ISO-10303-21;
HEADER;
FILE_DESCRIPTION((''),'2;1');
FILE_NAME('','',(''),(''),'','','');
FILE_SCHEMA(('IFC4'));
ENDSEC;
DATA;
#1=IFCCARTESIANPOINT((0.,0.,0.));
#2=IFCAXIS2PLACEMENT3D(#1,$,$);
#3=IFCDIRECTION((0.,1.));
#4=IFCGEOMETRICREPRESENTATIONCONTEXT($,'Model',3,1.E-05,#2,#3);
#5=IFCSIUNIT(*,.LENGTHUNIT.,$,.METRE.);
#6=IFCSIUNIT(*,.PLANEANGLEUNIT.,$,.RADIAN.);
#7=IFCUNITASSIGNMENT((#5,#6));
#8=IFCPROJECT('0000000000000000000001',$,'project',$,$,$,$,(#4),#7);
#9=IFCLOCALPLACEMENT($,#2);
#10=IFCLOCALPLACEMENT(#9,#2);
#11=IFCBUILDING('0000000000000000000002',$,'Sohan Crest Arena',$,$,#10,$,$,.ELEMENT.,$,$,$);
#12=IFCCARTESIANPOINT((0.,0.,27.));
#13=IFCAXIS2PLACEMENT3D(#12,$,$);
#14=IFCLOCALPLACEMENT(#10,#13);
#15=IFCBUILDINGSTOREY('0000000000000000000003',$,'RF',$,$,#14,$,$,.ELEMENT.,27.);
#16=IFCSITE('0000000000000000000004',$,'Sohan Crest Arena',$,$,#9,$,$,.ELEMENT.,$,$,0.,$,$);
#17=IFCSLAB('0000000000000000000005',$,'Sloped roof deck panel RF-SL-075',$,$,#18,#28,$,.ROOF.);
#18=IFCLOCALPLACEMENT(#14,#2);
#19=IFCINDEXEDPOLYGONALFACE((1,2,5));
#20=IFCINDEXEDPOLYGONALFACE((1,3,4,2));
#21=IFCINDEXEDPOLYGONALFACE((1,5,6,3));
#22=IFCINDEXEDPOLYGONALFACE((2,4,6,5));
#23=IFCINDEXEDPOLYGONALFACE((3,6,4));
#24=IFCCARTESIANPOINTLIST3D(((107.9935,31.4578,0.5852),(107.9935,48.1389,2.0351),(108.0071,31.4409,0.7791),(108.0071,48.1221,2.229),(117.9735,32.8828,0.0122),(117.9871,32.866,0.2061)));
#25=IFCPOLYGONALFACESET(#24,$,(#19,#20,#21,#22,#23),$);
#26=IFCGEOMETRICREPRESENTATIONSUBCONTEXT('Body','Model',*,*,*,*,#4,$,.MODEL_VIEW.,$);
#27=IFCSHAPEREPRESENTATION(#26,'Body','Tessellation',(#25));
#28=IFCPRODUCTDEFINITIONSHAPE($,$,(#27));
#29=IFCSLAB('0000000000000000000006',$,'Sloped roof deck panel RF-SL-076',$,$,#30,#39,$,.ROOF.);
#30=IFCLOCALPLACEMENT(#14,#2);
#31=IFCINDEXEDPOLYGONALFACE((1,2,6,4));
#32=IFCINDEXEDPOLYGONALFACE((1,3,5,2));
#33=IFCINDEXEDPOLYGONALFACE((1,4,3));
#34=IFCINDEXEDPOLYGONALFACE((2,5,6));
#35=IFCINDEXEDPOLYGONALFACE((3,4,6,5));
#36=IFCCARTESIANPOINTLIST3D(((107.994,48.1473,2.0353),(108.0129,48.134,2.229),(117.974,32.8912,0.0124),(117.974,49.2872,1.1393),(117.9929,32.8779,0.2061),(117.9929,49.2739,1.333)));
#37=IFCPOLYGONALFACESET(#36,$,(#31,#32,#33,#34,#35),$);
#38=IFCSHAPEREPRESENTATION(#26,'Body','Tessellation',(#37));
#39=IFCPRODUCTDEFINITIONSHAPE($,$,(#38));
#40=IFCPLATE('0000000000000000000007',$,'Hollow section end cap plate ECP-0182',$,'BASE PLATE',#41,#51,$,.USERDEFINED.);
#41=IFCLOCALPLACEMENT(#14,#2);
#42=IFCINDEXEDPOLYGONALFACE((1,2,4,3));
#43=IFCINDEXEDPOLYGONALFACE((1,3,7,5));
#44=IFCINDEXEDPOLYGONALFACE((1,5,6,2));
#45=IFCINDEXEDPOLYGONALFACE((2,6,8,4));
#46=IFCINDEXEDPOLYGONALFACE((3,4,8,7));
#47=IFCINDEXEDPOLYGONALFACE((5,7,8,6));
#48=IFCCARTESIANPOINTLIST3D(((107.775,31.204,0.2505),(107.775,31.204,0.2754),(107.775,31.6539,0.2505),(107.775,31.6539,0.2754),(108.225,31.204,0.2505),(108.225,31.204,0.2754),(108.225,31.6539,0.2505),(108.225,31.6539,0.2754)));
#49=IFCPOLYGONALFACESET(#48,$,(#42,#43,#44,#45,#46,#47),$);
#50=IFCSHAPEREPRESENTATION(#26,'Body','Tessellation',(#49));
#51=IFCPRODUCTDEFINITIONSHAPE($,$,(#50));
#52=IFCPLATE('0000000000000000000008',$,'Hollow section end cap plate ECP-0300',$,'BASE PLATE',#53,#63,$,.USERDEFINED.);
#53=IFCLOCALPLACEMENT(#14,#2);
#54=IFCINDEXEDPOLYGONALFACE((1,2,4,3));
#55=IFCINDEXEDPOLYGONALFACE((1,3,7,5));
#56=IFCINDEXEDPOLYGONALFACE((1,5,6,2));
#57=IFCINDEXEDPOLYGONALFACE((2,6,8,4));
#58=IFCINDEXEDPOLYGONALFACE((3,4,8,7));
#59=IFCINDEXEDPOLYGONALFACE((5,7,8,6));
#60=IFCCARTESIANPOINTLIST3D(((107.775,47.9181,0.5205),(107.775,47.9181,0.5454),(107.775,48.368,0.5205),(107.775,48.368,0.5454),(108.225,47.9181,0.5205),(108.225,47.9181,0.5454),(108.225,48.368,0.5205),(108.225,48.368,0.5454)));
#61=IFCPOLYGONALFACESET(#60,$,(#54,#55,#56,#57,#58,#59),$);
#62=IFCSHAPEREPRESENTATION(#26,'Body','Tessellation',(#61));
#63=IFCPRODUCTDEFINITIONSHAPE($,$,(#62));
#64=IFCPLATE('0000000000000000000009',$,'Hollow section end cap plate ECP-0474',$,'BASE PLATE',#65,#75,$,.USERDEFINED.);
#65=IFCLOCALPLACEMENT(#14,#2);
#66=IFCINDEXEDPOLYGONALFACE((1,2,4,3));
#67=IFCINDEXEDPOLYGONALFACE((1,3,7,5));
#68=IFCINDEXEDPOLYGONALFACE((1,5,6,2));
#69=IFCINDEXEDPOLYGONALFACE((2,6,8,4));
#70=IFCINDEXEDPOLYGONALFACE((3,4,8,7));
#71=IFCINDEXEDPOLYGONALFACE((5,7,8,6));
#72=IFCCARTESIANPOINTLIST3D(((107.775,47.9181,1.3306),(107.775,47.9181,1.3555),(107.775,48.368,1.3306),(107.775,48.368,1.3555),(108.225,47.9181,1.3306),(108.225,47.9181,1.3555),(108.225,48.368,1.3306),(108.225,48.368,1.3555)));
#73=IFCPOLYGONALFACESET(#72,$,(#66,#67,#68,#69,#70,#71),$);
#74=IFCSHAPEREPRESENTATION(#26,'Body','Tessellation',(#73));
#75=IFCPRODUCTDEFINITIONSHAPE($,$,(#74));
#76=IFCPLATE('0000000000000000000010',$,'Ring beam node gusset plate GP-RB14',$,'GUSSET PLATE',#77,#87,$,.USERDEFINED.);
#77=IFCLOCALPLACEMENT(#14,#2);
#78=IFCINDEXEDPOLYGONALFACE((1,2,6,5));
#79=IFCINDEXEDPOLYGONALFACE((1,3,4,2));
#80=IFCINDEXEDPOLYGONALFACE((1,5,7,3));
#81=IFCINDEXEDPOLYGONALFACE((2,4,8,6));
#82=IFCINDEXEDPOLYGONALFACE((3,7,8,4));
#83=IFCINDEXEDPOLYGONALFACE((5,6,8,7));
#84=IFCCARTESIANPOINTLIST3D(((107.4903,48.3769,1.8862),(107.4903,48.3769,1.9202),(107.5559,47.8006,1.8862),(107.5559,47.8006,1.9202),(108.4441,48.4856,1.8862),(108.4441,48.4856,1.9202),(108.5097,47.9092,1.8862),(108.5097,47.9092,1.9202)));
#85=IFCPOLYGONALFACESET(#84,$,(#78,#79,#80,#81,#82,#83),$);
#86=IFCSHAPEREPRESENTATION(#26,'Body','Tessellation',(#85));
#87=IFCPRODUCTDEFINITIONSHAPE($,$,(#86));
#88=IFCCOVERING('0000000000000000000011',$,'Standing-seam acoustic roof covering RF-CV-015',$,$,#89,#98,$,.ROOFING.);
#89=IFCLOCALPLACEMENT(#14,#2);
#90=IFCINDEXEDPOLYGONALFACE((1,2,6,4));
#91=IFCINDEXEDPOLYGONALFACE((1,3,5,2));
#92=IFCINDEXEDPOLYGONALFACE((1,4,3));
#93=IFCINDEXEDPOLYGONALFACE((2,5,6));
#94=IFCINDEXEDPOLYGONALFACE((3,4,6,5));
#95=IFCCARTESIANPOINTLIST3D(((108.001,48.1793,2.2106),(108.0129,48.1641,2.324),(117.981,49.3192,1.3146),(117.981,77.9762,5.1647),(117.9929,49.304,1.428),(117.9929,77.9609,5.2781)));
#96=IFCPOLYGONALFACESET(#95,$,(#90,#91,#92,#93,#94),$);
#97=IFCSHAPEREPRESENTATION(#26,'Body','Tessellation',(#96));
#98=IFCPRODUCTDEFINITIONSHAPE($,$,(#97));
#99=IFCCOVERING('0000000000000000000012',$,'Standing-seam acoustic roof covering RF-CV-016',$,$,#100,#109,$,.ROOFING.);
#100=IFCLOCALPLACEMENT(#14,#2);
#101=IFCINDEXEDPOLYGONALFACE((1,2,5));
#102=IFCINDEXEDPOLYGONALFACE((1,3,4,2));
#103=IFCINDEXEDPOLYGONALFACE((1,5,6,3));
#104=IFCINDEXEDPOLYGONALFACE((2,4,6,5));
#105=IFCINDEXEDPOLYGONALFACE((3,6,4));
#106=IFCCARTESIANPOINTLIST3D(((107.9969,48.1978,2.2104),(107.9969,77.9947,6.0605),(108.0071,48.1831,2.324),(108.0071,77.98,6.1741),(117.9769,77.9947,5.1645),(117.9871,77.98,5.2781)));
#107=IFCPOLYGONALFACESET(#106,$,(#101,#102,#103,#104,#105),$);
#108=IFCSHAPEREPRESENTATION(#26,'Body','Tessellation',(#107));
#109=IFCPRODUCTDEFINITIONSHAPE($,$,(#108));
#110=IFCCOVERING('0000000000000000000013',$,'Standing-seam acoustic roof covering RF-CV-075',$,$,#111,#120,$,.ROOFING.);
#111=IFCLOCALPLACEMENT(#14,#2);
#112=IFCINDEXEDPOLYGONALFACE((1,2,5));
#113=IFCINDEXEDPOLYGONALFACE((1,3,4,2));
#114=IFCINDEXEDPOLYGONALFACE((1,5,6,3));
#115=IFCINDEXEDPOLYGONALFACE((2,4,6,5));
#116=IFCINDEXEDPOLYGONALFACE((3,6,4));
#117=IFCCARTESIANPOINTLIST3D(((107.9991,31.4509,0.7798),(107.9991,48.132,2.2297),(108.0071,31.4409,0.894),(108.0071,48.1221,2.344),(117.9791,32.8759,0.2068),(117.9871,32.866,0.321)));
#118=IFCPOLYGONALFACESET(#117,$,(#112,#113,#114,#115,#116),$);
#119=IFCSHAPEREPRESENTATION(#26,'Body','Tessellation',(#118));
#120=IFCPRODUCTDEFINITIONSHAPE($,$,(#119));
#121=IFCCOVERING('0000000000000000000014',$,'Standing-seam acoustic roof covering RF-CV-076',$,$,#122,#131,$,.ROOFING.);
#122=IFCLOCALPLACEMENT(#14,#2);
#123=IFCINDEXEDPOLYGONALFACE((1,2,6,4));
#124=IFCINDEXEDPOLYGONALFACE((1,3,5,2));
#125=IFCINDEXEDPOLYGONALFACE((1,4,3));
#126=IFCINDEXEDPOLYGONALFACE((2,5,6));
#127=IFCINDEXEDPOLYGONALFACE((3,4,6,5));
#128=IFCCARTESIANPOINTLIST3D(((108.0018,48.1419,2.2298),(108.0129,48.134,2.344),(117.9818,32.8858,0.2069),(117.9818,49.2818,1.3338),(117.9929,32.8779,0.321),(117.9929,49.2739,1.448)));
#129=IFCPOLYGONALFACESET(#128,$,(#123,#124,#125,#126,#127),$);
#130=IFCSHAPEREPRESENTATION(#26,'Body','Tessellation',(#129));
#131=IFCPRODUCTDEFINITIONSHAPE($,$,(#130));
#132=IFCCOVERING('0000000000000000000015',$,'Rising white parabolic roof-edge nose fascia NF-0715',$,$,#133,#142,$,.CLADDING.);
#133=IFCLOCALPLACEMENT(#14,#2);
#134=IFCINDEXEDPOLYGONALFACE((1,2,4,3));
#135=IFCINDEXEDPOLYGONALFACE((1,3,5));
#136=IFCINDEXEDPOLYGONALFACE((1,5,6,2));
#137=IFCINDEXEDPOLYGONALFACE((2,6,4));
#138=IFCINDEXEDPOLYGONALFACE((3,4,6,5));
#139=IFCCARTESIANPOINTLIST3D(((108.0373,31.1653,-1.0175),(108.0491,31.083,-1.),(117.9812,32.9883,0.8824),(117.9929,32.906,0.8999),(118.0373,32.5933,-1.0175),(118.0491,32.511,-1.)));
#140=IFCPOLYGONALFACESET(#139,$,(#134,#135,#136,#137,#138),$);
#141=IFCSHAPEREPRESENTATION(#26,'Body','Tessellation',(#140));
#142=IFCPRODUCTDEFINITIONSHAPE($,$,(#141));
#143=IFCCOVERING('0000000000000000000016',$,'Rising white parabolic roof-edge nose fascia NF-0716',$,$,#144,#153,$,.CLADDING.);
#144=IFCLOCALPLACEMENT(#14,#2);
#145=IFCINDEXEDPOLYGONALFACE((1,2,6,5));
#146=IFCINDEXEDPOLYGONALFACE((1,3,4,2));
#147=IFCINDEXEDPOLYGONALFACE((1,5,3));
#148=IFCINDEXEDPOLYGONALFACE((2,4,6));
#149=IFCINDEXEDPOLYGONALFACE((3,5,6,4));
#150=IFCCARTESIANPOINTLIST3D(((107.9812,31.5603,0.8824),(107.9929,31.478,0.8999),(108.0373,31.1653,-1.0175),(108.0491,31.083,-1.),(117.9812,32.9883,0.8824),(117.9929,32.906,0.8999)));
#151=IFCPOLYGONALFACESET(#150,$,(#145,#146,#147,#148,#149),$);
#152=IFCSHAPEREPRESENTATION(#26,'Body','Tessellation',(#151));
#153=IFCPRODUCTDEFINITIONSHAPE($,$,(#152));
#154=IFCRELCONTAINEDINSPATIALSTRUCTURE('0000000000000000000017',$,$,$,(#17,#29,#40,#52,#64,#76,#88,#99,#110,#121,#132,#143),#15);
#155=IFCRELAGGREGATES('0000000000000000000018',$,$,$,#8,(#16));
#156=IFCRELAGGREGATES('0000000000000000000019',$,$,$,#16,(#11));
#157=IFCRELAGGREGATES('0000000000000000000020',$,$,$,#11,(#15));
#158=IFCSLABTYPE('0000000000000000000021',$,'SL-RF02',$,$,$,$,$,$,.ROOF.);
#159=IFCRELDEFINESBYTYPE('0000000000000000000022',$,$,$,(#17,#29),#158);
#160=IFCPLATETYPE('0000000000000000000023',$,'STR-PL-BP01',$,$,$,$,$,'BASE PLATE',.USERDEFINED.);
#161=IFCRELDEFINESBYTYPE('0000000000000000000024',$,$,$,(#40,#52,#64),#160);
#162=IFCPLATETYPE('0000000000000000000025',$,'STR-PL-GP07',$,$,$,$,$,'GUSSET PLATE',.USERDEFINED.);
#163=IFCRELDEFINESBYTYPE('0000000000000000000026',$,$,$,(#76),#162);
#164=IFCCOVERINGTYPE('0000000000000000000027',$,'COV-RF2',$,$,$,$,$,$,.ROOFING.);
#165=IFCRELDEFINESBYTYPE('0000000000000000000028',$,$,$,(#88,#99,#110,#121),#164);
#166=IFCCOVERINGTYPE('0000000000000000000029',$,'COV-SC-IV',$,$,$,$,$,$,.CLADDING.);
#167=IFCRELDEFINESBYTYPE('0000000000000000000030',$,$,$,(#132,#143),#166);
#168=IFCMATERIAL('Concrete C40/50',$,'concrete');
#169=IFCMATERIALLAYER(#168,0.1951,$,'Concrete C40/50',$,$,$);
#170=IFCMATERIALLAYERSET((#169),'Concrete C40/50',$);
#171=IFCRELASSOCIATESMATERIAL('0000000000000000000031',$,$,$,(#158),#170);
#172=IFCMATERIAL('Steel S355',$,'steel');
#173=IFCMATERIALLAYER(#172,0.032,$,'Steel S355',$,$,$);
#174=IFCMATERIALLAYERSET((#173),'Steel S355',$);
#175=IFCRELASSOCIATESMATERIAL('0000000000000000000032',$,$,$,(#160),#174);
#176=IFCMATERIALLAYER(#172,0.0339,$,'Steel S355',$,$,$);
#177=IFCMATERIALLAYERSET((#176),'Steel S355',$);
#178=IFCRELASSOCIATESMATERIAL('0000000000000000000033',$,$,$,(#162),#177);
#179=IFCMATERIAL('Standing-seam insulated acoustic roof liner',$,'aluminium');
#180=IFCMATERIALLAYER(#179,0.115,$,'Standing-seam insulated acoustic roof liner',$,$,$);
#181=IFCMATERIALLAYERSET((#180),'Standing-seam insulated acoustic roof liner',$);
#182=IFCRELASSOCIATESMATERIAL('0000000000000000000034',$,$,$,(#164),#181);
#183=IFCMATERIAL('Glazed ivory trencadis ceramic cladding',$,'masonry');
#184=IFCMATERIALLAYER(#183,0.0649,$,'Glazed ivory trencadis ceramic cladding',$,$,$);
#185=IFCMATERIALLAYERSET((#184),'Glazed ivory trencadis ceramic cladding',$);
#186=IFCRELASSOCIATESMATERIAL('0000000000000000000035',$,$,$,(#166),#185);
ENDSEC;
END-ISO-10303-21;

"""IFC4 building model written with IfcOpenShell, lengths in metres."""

from ifc_helpers import new_model, si_unit, direction, frame, origin, origin_2d, place, context, subcontext, project, spatial, polyline, rectangle, outline, extrude, material, layer, layer_set, type_object, element, save


model = new_model("IFC4")

# Units and contexts
model_context = context("Model", 3, precision=1e-05, world=origin(), true_north=direction((0.0, 1.0)))
body_context = subcontext(model_context, "Body", "Model", "MODEL_VIEW")
ifc_project = project(units=[si_unit("LENGTHUNIT", "METRE"), si_unit("PLANEANGLEUNIT", "RADIAN")], contexts=[model_context])

# Site, building, storey
site_placement = place(None, origin())
site = spatial("IfcSite", under=ifc_project, at=site_placement, Name="Sohan Crest Arena", CompositionType="ELEMENT", RefElevation=0.0)
building_placement = place(site_placement, origin())
building = spatial("IfcBuilding", under=site, at=building_placement, Name="Sohan Crest Arena", CompositionType="ELEMENT")
storey_placement = place(building_placement, frame((0.0, 0.0, 27.0)))
storey = spatial("IfcBuildingStorey", under=building, at=storey_placement, Name="RF", CompositionType="ELEMENT", Elevation=27.0)

# Shared definitions
ifc_material_1 = material(Name="Concrete C40/50", Category="concrete")

# Shared definitions
ifc_material_2 = material(Name="Steel S355", Category="steel")

# Slabs
ifc_layer_1 = layer(ifc_material_1, 0.1951, Name="Concrete C40/50")
ifc_layer_set_1 = layer_set([ifc_layer_1], Name="Concrete C40/50")
slab_type_1 = type_object("IfcSlabType", Name="SL-RF02", PredefinedType="ROOF", material=ifc_layer_set_1)
slab_1_placement = place(storey_placement, frame((108.0071, 48.1221, 2.229), z_axis=(0.069396, -0.086386, 0.993842), x_axis=(0.0, -0.996244, -0.086595)))
element("IfcSlab", 1, at=slab_1_placement, inside=storey, type_object=slab_type_1, Name="Sloped roof deck panel RF-SL-075", PredefinedType="ROOF", context=body_context, shape_type="SweptSolid", body=[
    extrude(outline(polyline([(0.0, 0.0), (16.744, 0.0), (15.374, 10.0041), (0.0, 0.0)])), origin(), (0.0, 0.0, -1.0), 0.1951),
])
slab_2_placement = place(storey_placement, frame((108.0129, 48.134, 2.229), z_axis=(0.096941, -0.068249, 0.992947), x_axis=(0.544096, -0.831743, -0.110289)))
element("IfcSlab", 2, at=slab_2_placement, inside=storey, type_object=slab_type_1, Name="Sloped roof deck panel RF-SL-076", PredefinedType="ROOF", context=body_context, shape_type="SweptSolid", body=[
    extrude(outline(polyline([(0.0, 0.0), (18.3423, 0.0), (4.5808, 8.9844), (0.0, 0.0)])), origin(), (0.0, 0.0, -1.0), 0.1951),
])

# Plates
ifc_layer_2 = layer(ifc_material_2, 0.032, Name="Steel S355")
ifc_layer_set_2 = layer_set([ifc_layer_2], Name="Steel S355")
plate_type_1 = type_object("IfcPlateType", Name="STR-PL-BP01", ElementType="BASE PLATE", PredefinedType="USERDEFINED", material=ifc_layer_set_2)
for number, where, z_axis, x_axis, name in (
    (3, (108.0, 31.429, 0.2505), (0.0, 0.0, 1.0), (1.0, 0.0, 0.0), "Hollow section end cap plate ECP-0182"),
    (4, (108.0, 48.1431, 0.5205), (0.0, 0.0, 1.0), (1.0, 0.0, 0.0), "Hollow section end cap plate ECP-0300"),
    (5, (108.0, 48.1431, 1.3306), (0.0, 0.0, 1.0), (1.0, 0.0, 0.0), "Hollow section end cap plate ECP-0474"),
):
    element("IfcPlate", number, at=place(storey_placement, frame(where, z_axis=z_axis, x_axis=x_axis)), inside=storey, type_object=plate_type_1, Name=name, ObjectType="BASE PLATE", PredefinedType="USERDEFINED", context=body_context, shape_type="SweptSolid", body=[
        extrude(rectangle(XDim=0.45, YDim=0.45, at=origin_2d()), origin(), (0.0, 0.0, 1.0), 0.0249),
    ])
ifc_layer_3 = layer(ifc_material_2, 0.0339, Name="Steel S355")
ifc_layer_set_3 = layer_set([ifc_layer_3], Name="Steel S355")
plate_type_2 = type_object("IfcPlateType", Name="STR-PL-GP07", ElementType="GUSSET PLATE", PredefinedType="USERDEFINED", material=ifc_layer_set_3)
plate_placement = place(storey_placement, frame((108.0, 48.1431, 1.8862), z_axis=(0.0, 0.0, 1.0), x_axis=(0.993572, 0.113203, 0.0)))
element("IfcPlate", 6, at=plate_placement, inside=storey, type_object=plate_type_2, Name="Ring beam node gusset plate GP-RB14", ObjectType="GUSSET PLATE", PredefinedType="USERDEFINED", context=body_context, shape_type="SweptSolid", body=[
    extrude(rectangle(XDim=0.96, YDim=0.5801, at=origin_2d()), origin(), (0.0, 0.0, 1.0), 0.0339),
])

# Coverings
ifc_material_3 = material(Name="Standing-seam insulated acoustic roof liner", Category="aluminium")
ifc_layer_4 = layer(ifc_material_3, 0.115, Name="Standing-seam insulated acoustic roof liner")
ifc_layer_set_4 = layer_set([ifc_layer_4], Name="Standing-seam insulated acoustic roof liner")
covering_type_1 = type_object("IfcCoveringType", Name="COV-RF2", PredefinedType="ROOFING", material=ifc_layer_set_4)
covering_1_placement = place(storey_placement, frame((108.0129, 48.1641, 2.324), z_axis=(0.103628, -0.132438, 0.985759), x_axis=(0.989611, 0.113031, -0.088847)))
element("IfcCovering", 7, at=covering_1_placement, inside=storey, type_object=covering_type_1, Name="Standing-seam acoustic roof covering RF-CV-015", PredefinedType="ROOFING", context=body_context, shape_type="SweptSolid", body=[
    extrude(outline(polyline([(0.0, 0.0), (10.0847, 0.0), (12.9818, 28.769), (0.0, 0.0)])), origin(), (0.0, 0.0, -1.0), 0.115),
])
covering_2_placement = place(storey_placement, frame((108.0071, 48.1831, 2.324), z_axis=(0.088688, -0.127641, 0.987847), x_axis=(0.316199, 0.944065, 0.093596)))
element("IfcCovering", 8, at=covering_2_placement, inside=storey, type_object=covering_type_1, Name="Standing-seam acoustic roof covering RF-CV-016", PredefinedType="ROOFING", context=body_context, shape_type="SweptSolid", body=[
    extrude(outline(polyline([(0.0, 0.0), (31.5623, 0.0), (28.4905, 9.5377), (0.0, 0.0)])), origin(), (0.0, 0.0, -1.0), 0.115),
])
covering_3_placement = place(storey_placement, frame((108.0071, 48.1221, 2.344), z_axis=(0.069396, -0.086386, 0.993842), x_axis=(0.0, -0.996244, -0.086595)))
element("IfcCovering", 9, at=covering_3_placement, inside=storey, type_object=covering_type_1, Name="Standing-seam acoustic roof covering RF-CV-075", PredefinedType="ROOFING", context=body_context, shape_type="SweptSolid", body=[
    extrude(outline(polyline([(0.0, 0.0), (16.744, 0.0), (15.374, 10.0041), (0.0, 0.0)])), origin(), (0.0, 0.0, -1.0), 0.115),
])
covering_4_placement = place(storey_placement, frame((108.0129, 48.134, 2.344), z_axis=(0.096941, -0.068249, 0.992947), x_axis=(0.544096, -0.831743, -0.110289)))
element("IfcCovering", 10, at=covering_4_placement, inside=storey, type_object=covering_type_1, Name="Standing-seam acoustic roof covering RF-CV-076", PredefinedType="ROOFING", context=body_context, shape_type="SweptSolid", body=[
    extrude(outline(polyline([(0.0, 0.0), (18.3423, 0.0), (4.5808, 8.9844), (0.0, 0.0)])), origin(), (0.0, 0.0, -1.0), 0.115),
])
ifc_material_4 = material(Name="Glazed ivory trencadis ceramic cladding", Category="masonry")
ifc_layer_5 = layer(ifc_material_4, 0.0649, Name="Glazed ivory trencadis ceramic cladding")
ifc_layer_set_5 = layer_set([ifc_layer_5], Name="Glazed ivory trencadis ceramic cladding")
covering_type_2 = type_object("IfcCoveringType", Name="COV-SC-IV", PredefinedType="CLADDING", material=ifc_layer_set_5)
covering_5_placement = place(storey_placement, frame((108.0491, 31.083, -1.0), z_axis=(0.138346, -0.968824, 0.205523), x_axis=(0.989958, 0.141364, 0.0)))
element("IfcCovering", 11, at=covering_5_placement, inside=storey, type_object=covering_type_2, Name="Rising white parabolic roof-edge nose fascia NF-0715", PredefinedType="CLADDING", context=body_context, shape_type="SweptSolid", body=[
    extrude(outline(polyline([(0.0, 0.0), (10.1014, 0.0), (10.1017, 1.9413), (0.0, 0.0)])), origin(), (0.0, 0.0, -1.0), 0.085),
])
covering_6_placement = place(storey_placement, frame((108.0491, 31.083, -1.0), z_axis=(0.138346, -0.968824, 0.205523), x_axis=(0.966685, 0.177222, 0.184698)))
element("IfcCovering", 12, at=covering_6_placement, inside=storey, type_object=covering_type_2, Name="Rising white parabolic roof-edge nose fascia NF-0716", PredefinedType="CLADDING", context=body_context, shape_type="SweptSolid", body=[
    extrude(outline(polyline([(0.0, 0.0), (10.2865, 0.0), (0.3666, 1.9064), (0.0, 0.0)])), origin(), (0.0, 0.0, -1.0), 0.085),
])

save(model, "model.ifc")
